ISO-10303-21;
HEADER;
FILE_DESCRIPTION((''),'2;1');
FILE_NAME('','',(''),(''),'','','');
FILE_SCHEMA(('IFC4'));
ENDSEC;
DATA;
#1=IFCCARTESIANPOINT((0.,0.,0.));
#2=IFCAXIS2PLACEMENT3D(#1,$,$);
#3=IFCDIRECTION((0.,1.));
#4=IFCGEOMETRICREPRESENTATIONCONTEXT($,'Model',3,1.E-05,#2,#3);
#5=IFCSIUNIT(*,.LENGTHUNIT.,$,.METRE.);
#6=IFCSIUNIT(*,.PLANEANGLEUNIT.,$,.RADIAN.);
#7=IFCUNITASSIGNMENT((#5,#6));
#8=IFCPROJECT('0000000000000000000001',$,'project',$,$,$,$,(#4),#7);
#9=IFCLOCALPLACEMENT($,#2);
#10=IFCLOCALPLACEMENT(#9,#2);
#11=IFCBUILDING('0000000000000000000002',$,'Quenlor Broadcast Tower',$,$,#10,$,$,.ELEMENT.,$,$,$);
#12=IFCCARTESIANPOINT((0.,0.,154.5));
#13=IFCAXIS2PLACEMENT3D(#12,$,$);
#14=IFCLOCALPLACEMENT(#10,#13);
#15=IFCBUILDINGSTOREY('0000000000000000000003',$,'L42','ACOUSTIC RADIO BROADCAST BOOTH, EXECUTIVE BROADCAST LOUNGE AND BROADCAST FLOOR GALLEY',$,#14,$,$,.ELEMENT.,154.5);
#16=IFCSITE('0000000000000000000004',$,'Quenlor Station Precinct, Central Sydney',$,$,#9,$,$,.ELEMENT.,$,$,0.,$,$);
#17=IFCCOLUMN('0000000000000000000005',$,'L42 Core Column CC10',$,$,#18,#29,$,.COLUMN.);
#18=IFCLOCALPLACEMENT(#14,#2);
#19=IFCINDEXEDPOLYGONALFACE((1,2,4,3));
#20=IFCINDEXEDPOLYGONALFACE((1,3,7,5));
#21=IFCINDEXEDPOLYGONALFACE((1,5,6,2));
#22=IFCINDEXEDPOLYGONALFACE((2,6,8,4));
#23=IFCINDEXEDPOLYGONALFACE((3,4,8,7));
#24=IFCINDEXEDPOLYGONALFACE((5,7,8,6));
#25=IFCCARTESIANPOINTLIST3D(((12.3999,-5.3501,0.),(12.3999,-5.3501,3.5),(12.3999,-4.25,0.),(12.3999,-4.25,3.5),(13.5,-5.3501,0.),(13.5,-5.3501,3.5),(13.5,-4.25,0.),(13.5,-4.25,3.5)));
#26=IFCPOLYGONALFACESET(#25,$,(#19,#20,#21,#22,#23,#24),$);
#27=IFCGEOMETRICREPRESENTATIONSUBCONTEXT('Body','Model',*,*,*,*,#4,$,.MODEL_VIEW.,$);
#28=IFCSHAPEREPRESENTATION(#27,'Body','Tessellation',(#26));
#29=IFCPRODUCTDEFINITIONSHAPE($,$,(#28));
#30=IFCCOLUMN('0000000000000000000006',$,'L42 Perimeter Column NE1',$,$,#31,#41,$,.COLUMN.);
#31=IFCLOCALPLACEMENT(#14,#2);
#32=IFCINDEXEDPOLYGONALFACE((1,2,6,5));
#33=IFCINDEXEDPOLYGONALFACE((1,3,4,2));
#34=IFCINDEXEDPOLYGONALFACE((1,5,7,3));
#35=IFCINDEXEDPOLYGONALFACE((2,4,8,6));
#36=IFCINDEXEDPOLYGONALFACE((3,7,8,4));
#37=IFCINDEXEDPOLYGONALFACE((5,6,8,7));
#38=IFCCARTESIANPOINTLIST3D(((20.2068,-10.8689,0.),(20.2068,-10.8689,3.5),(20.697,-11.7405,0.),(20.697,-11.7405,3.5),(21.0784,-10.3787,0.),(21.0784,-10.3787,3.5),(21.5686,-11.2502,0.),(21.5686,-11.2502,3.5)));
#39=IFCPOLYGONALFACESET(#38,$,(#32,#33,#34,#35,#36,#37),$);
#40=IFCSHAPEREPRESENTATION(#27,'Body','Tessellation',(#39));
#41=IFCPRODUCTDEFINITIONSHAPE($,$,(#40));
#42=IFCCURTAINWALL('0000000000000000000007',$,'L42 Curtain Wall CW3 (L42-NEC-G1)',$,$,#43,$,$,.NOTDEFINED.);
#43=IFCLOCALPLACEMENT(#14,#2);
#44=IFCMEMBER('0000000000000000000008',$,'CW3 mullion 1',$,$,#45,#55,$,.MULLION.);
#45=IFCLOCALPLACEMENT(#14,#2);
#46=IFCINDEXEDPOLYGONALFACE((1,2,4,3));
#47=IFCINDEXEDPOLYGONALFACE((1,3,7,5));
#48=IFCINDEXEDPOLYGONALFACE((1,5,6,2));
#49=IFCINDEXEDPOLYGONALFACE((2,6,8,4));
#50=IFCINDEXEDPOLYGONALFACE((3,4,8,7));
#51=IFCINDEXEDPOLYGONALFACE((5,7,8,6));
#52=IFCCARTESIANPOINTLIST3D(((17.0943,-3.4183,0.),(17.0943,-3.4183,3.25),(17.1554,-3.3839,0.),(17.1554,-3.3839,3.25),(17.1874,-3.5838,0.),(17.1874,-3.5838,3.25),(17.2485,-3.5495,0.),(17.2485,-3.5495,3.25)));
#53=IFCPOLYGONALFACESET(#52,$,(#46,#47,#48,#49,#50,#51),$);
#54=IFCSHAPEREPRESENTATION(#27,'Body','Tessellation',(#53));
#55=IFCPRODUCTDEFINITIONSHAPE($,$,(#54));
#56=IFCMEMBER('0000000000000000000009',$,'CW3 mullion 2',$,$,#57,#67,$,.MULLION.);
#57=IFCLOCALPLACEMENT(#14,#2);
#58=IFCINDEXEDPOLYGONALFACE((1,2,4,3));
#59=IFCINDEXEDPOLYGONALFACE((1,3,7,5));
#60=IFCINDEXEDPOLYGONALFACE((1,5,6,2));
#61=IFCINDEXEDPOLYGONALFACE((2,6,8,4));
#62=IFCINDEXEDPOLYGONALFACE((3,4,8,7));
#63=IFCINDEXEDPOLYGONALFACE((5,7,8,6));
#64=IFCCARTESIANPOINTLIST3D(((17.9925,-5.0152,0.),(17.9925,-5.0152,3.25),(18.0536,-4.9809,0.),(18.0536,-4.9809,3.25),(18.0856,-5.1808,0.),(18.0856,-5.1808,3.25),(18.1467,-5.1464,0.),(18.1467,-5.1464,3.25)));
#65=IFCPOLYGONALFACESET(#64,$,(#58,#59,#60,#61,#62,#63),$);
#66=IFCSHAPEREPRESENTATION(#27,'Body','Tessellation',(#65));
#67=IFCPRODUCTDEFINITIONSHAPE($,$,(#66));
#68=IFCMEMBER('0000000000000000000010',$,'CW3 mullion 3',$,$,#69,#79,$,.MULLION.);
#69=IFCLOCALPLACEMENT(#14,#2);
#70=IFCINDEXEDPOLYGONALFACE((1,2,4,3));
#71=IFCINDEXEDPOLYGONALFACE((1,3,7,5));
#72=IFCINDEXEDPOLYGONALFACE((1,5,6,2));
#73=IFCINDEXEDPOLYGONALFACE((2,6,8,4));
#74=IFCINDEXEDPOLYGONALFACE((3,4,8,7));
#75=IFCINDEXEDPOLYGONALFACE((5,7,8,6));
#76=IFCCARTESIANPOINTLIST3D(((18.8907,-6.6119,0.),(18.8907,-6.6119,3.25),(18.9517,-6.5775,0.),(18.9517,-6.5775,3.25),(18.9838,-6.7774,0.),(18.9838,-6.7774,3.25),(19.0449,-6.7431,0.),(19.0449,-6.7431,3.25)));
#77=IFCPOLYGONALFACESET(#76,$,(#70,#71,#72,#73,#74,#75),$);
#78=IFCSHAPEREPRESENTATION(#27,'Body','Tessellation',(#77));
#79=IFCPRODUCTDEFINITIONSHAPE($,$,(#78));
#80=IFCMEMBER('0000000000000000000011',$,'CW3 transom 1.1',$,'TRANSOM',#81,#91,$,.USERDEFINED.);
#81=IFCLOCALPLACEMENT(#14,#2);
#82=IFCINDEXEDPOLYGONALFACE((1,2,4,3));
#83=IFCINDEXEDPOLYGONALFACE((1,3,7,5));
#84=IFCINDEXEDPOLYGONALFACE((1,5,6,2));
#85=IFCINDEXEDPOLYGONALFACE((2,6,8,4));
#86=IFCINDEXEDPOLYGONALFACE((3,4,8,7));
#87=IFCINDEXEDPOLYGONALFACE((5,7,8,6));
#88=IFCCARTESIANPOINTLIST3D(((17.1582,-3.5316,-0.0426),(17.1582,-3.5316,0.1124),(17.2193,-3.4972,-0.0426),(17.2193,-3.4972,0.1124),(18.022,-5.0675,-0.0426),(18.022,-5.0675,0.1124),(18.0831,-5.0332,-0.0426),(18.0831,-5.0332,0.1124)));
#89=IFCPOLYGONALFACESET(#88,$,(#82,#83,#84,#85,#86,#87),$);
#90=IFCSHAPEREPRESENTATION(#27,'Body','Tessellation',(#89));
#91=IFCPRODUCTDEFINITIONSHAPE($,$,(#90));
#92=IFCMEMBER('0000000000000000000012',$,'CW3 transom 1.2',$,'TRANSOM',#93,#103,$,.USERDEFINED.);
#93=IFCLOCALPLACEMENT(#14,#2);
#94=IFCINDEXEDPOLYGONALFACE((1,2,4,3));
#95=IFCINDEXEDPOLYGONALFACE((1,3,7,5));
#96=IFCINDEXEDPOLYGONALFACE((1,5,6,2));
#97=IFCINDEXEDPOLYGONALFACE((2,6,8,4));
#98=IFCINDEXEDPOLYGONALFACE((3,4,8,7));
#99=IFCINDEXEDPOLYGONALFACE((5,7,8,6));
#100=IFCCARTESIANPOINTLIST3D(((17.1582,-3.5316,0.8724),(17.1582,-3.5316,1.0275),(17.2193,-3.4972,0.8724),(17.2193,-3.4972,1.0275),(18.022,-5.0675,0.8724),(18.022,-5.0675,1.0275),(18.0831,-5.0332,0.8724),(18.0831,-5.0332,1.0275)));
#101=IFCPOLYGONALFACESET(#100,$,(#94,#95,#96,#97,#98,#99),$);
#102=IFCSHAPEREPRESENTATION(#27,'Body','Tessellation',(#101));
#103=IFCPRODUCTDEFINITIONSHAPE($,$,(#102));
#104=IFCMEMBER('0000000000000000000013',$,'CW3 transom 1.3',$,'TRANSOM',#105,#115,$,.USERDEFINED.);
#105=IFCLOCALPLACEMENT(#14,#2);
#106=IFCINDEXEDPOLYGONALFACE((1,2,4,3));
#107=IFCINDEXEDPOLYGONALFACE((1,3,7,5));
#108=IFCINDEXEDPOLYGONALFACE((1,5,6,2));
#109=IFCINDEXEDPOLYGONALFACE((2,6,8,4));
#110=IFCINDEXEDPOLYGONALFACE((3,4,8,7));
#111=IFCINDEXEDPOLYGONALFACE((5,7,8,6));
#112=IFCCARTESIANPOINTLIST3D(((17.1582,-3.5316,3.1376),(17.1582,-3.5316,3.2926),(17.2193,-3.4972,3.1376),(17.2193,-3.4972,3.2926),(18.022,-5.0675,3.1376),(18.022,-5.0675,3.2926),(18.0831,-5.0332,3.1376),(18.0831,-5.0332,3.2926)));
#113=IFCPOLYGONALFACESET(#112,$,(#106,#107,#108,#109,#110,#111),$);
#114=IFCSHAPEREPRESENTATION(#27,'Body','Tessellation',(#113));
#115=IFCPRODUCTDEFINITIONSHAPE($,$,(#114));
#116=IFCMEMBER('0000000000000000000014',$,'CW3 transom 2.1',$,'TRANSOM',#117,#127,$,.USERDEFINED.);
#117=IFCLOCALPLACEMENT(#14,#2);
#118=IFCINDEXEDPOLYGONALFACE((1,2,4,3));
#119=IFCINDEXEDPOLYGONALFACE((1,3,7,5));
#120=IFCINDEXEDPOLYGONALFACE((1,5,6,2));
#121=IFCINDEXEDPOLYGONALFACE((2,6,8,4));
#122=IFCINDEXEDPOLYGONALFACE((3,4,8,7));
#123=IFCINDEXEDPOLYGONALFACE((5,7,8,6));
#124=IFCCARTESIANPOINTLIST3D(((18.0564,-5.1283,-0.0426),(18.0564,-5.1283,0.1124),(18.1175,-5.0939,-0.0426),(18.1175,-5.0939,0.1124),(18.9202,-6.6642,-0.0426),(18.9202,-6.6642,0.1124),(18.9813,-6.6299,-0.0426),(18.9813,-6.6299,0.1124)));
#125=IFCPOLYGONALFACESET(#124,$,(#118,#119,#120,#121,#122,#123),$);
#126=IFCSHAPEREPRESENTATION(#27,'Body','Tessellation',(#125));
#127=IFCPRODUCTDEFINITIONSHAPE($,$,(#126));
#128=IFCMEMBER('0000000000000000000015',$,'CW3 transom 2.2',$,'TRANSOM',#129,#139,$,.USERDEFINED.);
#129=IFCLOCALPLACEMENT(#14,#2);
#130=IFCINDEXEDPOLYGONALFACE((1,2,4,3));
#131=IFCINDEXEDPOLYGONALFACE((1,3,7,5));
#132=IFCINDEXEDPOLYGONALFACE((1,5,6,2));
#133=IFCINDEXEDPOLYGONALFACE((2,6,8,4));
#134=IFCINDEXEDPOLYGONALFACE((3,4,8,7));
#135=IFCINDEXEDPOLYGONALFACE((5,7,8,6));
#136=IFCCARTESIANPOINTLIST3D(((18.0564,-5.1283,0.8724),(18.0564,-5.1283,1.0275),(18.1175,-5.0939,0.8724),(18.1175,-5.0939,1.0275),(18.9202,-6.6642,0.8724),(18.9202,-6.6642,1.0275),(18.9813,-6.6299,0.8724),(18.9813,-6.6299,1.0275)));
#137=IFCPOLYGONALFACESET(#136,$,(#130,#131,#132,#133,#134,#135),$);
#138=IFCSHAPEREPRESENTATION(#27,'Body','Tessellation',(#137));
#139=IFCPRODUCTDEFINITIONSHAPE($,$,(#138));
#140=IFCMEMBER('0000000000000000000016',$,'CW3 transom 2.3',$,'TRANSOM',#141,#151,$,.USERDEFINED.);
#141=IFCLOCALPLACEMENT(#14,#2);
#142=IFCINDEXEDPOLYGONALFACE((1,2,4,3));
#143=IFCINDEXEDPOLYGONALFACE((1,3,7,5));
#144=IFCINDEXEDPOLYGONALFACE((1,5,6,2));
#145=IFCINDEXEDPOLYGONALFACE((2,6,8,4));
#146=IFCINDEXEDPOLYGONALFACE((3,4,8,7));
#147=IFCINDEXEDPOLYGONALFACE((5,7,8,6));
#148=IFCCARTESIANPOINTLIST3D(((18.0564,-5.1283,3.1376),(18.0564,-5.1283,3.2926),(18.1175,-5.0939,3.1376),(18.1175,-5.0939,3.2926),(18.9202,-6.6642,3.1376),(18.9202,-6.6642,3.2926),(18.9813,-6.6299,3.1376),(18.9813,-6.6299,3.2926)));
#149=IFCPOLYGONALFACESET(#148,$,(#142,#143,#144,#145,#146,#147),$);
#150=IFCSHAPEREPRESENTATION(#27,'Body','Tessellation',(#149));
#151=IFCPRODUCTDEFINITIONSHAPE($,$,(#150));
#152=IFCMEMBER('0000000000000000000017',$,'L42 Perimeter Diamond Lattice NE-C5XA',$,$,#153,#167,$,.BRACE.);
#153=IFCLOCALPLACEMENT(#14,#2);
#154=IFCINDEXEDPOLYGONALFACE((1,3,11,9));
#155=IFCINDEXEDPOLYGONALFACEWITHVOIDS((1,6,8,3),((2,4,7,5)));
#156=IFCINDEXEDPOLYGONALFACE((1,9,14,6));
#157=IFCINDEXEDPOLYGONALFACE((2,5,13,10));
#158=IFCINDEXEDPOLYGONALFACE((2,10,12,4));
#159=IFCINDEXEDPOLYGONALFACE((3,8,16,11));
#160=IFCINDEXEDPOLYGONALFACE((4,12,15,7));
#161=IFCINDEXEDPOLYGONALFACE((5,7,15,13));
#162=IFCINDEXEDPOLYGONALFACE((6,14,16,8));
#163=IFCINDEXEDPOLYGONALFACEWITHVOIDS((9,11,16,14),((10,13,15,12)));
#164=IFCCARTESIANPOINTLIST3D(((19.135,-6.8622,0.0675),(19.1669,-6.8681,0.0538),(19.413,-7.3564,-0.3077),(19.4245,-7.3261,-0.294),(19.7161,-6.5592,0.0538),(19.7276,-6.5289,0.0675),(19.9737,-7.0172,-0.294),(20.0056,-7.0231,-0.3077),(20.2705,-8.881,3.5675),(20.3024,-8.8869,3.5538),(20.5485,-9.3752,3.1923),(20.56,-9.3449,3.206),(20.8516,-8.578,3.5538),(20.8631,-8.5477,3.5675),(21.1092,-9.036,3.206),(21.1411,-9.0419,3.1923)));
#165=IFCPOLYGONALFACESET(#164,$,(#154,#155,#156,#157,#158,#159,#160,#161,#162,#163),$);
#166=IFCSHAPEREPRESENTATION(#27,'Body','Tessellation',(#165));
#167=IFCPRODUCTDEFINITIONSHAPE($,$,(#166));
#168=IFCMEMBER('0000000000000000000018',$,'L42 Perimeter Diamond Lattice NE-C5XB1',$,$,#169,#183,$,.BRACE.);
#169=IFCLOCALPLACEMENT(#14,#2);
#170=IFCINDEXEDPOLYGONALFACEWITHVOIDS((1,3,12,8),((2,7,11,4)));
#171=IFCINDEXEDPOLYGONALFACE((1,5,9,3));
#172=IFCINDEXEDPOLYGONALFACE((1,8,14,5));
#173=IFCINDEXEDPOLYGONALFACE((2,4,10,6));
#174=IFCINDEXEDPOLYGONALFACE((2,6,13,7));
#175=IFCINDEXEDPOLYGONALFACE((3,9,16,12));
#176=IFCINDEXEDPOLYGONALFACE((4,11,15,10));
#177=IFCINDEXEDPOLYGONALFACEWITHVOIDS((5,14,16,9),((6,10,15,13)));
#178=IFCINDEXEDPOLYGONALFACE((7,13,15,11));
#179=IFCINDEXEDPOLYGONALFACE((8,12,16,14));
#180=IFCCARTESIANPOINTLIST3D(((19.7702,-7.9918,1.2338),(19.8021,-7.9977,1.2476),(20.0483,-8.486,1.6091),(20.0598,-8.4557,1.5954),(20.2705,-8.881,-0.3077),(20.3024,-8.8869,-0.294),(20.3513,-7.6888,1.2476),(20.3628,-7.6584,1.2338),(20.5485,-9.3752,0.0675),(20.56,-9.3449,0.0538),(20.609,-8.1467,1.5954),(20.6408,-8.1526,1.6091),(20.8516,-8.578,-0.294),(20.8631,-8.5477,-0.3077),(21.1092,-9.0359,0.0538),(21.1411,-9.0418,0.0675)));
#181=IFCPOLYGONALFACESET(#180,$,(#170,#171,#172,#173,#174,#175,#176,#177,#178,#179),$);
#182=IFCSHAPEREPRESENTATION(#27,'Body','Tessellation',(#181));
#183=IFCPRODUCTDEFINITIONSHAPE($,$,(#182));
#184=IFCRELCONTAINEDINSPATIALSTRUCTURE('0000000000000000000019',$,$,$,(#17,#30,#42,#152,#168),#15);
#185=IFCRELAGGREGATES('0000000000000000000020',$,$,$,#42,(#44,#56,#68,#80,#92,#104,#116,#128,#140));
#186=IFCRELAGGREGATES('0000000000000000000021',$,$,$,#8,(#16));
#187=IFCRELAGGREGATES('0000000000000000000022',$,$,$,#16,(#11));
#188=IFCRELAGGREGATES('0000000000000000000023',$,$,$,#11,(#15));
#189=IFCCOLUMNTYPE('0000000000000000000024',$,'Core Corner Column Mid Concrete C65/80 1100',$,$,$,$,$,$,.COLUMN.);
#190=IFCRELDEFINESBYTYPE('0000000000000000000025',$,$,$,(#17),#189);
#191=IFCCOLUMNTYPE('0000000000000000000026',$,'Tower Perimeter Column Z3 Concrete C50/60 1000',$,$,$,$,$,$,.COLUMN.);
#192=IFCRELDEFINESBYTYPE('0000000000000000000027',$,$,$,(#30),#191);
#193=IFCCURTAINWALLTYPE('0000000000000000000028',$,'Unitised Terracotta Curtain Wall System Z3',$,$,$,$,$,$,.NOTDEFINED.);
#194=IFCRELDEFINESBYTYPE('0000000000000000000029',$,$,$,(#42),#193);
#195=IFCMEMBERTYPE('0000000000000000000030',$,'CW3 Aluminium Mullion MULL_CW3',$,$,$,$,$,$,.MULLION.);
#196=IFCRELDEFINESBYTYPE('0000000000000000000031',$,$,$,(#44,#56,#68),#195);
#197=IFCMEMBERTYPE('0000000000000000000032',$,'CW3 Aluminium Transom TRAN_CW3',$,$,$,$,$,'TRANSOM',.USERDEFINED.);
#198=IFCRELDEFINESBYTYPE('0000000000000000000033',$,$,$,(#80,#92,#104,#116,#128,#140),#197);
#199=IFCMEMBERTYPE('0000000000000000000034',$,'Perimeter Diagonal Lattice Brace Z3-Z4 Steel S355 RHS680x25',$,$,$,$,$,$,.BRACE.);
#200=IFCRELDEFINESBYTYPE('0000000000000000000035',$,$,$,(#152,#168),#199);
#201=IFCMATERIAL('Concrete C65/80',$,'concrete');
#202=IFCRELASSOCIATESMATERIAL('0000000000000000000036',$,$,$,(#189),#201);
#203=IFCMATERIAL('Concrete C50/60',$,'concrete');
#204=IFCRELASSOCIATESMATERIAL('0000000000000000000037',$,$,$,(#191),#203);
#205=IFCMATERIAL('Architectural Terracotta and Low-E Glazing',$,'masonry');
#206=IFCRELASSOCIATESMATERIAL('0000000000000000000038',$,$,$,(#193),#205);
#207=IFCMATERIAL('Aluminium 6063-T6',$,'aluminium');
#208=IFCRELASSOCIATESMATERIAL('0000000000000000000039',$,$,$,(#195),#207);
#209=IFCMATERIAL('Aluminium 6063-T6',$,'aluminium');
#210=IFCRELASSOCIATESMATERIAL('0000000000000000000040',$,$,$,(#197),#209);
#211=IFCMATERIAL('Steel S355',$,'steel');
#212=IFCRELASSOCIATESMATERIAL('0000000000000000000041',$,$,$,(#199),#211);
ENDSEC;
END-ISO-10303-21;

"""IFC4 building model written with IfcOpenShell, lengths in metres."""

from ifc_helpers import new_model, si_unit, direction, frame, origin, origin_2d, place, context, subcontext, project, spatial, rectangle, hollow_rectangle, extrude, material, material_profile, profile_set, type_object, element, aggregate, save


model = new_model("IFC4")

# Units and contexts
model_context = context("Model", 3, precision=1e-05, world=origin(), true_north=direction((0.0, 1.0)))
body_context = subcontext(model_context, "Body", "Model", "MODEL_VIEW")
ifc_project = project(units=[si_unit("LENGTHUNIT", "METRE"), si_unit("PLANEANGLEUNIT", "RADIAN")], contexts=[model_context])

# Site, building, storey
site_placement = place(None, origin())
site = spatial("IfcSite", under=ifc_project, at=site_placement, Name="Quenlor Station Precinct, Central Sydney", CompositionType="ELEMENT", RefElevation=0.0)
building_placement = place(site_placement, origin())
building = spatial("IfcBuilding", under=site, at=building_placement, Name="Quenlor Broadcast Tower", CompositionType="ELEMENT")
storey_placement = place(building_placement, frame((0.0, 0.0, 154.5)))
storey = spatial("IfcBuildingStorey", under=building, at=storey_placement, Name="L42", Description="ACOUSTIC RADIO BROADCAST BOOTH, EXECUTIVE BROADCAST LOUNGE AND BROADCAST FLOOR GALLEY", CompositionType="ELEMENT", Elevation=154.5)

# Columns
ifc_material_1 = material(Name="Concrete C65/80", Category="concrete")
ifc_material_profile_1 = material_profile(ifc_material_1, rectangle(XDim=1.1001, YDim=1.1001, at=origin_2d()))
ifc_profile_set_1 = profile_set([ifc_material_profile_1], Name="Concrete C65/80 RC1100x1100")
column_type_1 = type_object("IfcColumnType", Name="Core Corner Column Mid Concrete C65/80 1100", PredefinedType="COLUMN", material=ifc_profile_set_1)
column_1_placement = place(storey_placement, frame((12.95, -4.8, 0.0), z_axis=(0.0, 0.0, 1.0), x_axis=(1.0, 0.0, 0.0)))
element("IfcColumn", 1, at=column_1_placement, inside=storey, type_object=column_type_1, Name="L42 Core Column CC10", PredefinedType="COLUMN", context=body_context, shape_type="SweptSolid", body=[
    extrude(rectangle(XDim=1.1001, YDim=1.1001, at=origin_2d()), origin(), (0.0, 0.0, 1.0), 3.5),
])
ifc_material_2 = material(Name="Concrete C50/60", Category="concrete")
ifc_material_profile_2 = material_profile(ifc_material_2, rectangle(XDim=1.0, YDim=1.0, at=origin_2d()))
ifc_profile_set_2 = profile_set([ifc_material_profile_2], Name="Concrete C50/60 RC1000x1000")
column_type_2 = type_object("IfcColumnType", Name="Tower Perimeter Column Z3 Concrete C50/60 1000", PredefinedType="COLUMN", material=ifc_profile_set_2)
column_2_placement = place(storey_placement, frame((20.8877, -11.0596, 0.0), z_axis=(0.0, 0.0, 1.0), x_axis=(0.871575, 0.490262, 0.0)))
element("IfcColumn", 2, at=column_2_placement, inside=storey, type_object=column_type_2, Name="L42 Perimeter Column NE1", PredefinedType="COLUMN", context=body_context, shape_type="SweptSolid", body=[
    extrude(rectangle(XDim=1.0, YDim=1.0, at=origin_2d()), origin(), (0.0, 0.0, 1.0), 3.5),
])

# Curtain wall, members
ifc_material_3 = material(Name="Architectural Terracotta and Low-E Glazing", Category="masonry")
curtain_wall_type = type_object("IfcCurtainWallType", Name="Unitised Terracotta Curtain Wall System Z3", PredefinedType="NOTDEFINED", material=ifc_material_3)
curtain_wall_placement = place(storey_placement, origin())
curtain_wall = element("IfcCurtainWall", 3, at=curtain_wall_placement, inside=storey, type_object=curtain_wall_type, Name="L42 Curtain Wall CW3 (L42-NEC-G1)", PredefinedType="NOTDEFINED")
ifc_material_4 = material(Name="Aluminium 6063-T6", Category="aluminium")
ifc_material_profile_3 = material_profile(ifc_material_4, rectangle(XDim=0.0701, YDim=0.1899, at=origin_2d()))
ifc_profile_set_3 = profile_set([ifc_material_profile_3], Name="Aluminium 6063-T6 MULL70x190")
member_type_1 = type_object("IfcMemberType", Name="CW3 Aluminium Mullion MULL_CW3", PredefinedType="MULLION", material=ifc_profile_set_3)
member_1_placement = place(storey_placement, frame((17.1714, -3.4839, 0.0), z_axis=(0.0, 0.0, 1.0), x_axis=(0.871577, 0.490259, 0.0)))
member_1 = element("IfcMember", 4, at=member_1_placement, type_object=member_type_1, Name="CW3 mullion 1", PredefinedType="MULLION", context=body_context, shape_type="SweptSolid", body=[
    extrude(rectangle(XDim=0.0701, YDim=0.1899, at=origin_2d()), origin(), (0.0, 0.0, 1.0), 3.25),
])
member_2_placement = place(storey_placement, frame((18.0696, -5.0808, 0.0), z_axis=(0.0, 0.0, 1.0), x_axis=(0.871577, 0.490259, 0.0)))
member_2 = element("IfcMember", 5, at=member_2_placement, type_object=member_type_1, Name="CW3 mullion 2", PredefinedType="MULLION", context=body_context, shape_type="SweptSolid", body=[
    extrude(rectangle(XDim=0.0701, YDim=0.1899, at=origin_2d()), origin(), (0.0, 0.0, 1.0), 3.25),
])
member_3_placement = place(storey_placement, frame((18.9678, -6.6775, 0.0), z_axis=(0.0, 0.0, 1.0), x_axis=(0.871577, 0.490259, 0.0)))
member_3 = element("IfcMember", 6, at=member_3_placement, type_object=member_type_1, Name="CW3 mullion 3", PredefinedType="MULLION", context=body_context, shape_type="SweptSolid", body=[
    extrude(rectangle(XDim=0.0701, YDim=0.1899, at=origin_2d()), origin(), (0.0, 0.0, 1.0), 3.25),
])
ifc_material_5 = material(Name="Aluminium 6063-T6", Category="aluminium")
ifc_material_profile_4 = material_profile(ifc_material_5, rectangle(XDim=0.0701, YDim=0.155, at=origin_2d()))
ifc_profile_set_4 = profile_set([ifc_material_profile_4], Name="Aluminium 6063-T6 TRAN70x155")
member_type_2 = type_object("IfcMemberType", Name="CW3 Aluminium Transom TRAN_CW3", ElementType="TRANSOM", PredefinedType="USERDEFINED", material=ifc_profile_set_4)
member_4_placement = place(storey_placement, frame((17.1887, -3.5144, 0.0349), z_axis=(0.490189, -0.871616, 0.0), x_axis=(0.871616, 0.490189, 0.0)))
member_4 = element("IfcMember", 7, at=member_4_placement, type_object=member_type_2, Name="CW3 transom 1.1", ObjectType="TRANSOM", PredefinedType="USERDEFINED", context=body_context, shape_type="SweptSolid", body=[
    extrude(rectangle(XDim=0.0701, YDim=0.155, at=origin_2d()), origin(), (0.0, 0.0, 1.0), 1.7622),
])
member_5_placement = place(storey_placement, frame((17.1887, -3.5144, 0.95), z_axis=(0.490189, -0.871616, 0.0), x_axis=(0.871616, 0.490189, 0.0)))
member_5 = element("IfcMember", 8, at=member_5_placement, type_object=member_type_2, Name="CW3 transom 1.2", ObjectType="TRANSOM", PredefinedType="USERDEFINED", context=body_context, shape_type="SweptSolid", body=[
    extrude(rectangle(XDim=0.0701, YDim=0.155, at=origin_2d()), origin(), (0.0, 0.0, 1.0), 1.7622),
])
member_6_placement = place(storey_placement, frame((17.1887, -3.5144, 3.2151), z_axis=(0.490189, -0.871616, 0.0), x_axis=(0.871616, 0.490189, 0.0)))
member_6 = element("IfcMember", 9, at=member_6_placement, type_object=member_type_2, Name="CW3 transom 1.3", ObjectType="TRANSOM", PredefinedType="USERDEFINED", context=body_context, shape_type="SweptSolid", body=[
    extrude(rectangle(XDim=0.0701, YDim=0.155, at=origin_2d()), origin(), (0.0, 0.0, 1.0), 1.7622),
])
member_7_placement = place(storey_placement, frame((18.0869, -5.1111, 0.0349), z_axis=(0.490189, -0.871616, 0.0), x_axis=(0.871616, 0.490189, 0.0)))
member_7 = element("IfcMember", 10, at=member_7_placement, type_object=member_type_2, Name="CW3 transom 2.1", ObjectType="TRANSOM", PredefinedType="USERDEFINED", context=body_context, shape_type="SweptSolid", body=[
    extrude(rectangle(XDim=0.0701, YDim=0.155, at=origin_2d()), origin(), (0.0, 0.0, 1.0), 1.7622),
])
member_8_placement = place(storey_placement, frame((18.0869, -5.1111, 0.95), z_axis=(0.490189, -0.871616, 0.0), x_axis=(0.871616, 0.490189, 0.0)))
member_8 = element("IfcMember", 11, at=member_8_placement, type_object=member_type_2, Name="CW3 transom 2.2", ObjectType="TRANSOM", PredefinedType="USERDEFINED", context=body_context, shape_type="SweptSolid", body=[
    extrude(rectangle(XDim=0.0701, YDim=0.155, at=origin_2d()), origin(), (0.0, 0.0, 1.0), 1.7622),
])
member_9_placement = place(storey_placement, frame((18.0869, -5.1111, 3.2151), z_axis=(0.490189, -0.871616, 0.0), x_axis=(0.871616, 0.490189, 0.0)))
member_9 = element("IfcMember", 12, at=member_9_placement, type_object=member_type_2, Name="CW3 transom 2.3", ObjectType="TRANSOM", PredefinedType="USERDEFINED", context=body_context, shape_type="SweptSolid", body=[
    extrude(rectangle(XDim=0.0701, YDim=0.155, at=origin_2d()), origin(), (0.0, 0.0, 1.0), 1.7622),
])

# Members
ifc_material_6 = material(Name="Steel S355", Category="steel")
ifc_material_profile_5 = material_profile(ifc_material_6, hollow_rectangle(XDim=0.6799, YDim=0.6799, WallThickness=0.0249, at=origin_2d()))
ifc_profile_set_5 = profile_set([ifc_material_profile_5], Name="Steel S355 RHS680x680x25")
member_type_3 = type_object("IfcMemberType", Name="Perimeter Diagonal Lattice Brace Z3-Z4 Steel S355 RHS680x25", PredefinedType="BRACE", material=ifc_profile_set_5)
member_10_placement = place(storey_placement, frame((19.5703, -6.9426, -0.1201), z_axis=(0.270549, -0.481009, 0.833927), x_axis=(0.87159, 0.490236, 0.0)))
element("IfcMember", 13, at=member_10_placement, inside=storey, type_object=member_type_3, Name="L42 Perimeter Diamond Lattice NE-C5XA", PredefinedType="BRACE", context=body_context, shape_type="SweptSolid", body=[
    extrude(hollow_rectangle(XDim=0.6799, YDim=0.6799, WallThickness=0.0249, at=origin_2d()), origin(), (0.0, 0.0, 1.0), 4.197),
])
member_11_placement = place(storey_placement, frame((20.7058, -8.9614, -0.1201), z_axis=(-0.270616, 0.481008, 0.833905), x_axis=(-0.871537, -0.490329, 0.0)))
element("IfcMember", 14, at=member_11_placement, inside=storey, type_object=member_type_3, Name="L42 Perimeter Diamond Lattice NE-C5XB1", PredefinedType="BRACE", context=body_context, shape_type="SweptSolid", body=[
    extrude(hollow_rectangle(XDim=0.6799, YDim=0.6799, WallThickness=0.0249, at=origin_2d()), origin(), (0.0, 0.0, 1.0), 1.8486),
])

aggregate(curtain_wall, [member_1, member_2, member_3, member_4, member_5, member_6, member_7, member_8, member_9])

save(model, "model.ifc")
